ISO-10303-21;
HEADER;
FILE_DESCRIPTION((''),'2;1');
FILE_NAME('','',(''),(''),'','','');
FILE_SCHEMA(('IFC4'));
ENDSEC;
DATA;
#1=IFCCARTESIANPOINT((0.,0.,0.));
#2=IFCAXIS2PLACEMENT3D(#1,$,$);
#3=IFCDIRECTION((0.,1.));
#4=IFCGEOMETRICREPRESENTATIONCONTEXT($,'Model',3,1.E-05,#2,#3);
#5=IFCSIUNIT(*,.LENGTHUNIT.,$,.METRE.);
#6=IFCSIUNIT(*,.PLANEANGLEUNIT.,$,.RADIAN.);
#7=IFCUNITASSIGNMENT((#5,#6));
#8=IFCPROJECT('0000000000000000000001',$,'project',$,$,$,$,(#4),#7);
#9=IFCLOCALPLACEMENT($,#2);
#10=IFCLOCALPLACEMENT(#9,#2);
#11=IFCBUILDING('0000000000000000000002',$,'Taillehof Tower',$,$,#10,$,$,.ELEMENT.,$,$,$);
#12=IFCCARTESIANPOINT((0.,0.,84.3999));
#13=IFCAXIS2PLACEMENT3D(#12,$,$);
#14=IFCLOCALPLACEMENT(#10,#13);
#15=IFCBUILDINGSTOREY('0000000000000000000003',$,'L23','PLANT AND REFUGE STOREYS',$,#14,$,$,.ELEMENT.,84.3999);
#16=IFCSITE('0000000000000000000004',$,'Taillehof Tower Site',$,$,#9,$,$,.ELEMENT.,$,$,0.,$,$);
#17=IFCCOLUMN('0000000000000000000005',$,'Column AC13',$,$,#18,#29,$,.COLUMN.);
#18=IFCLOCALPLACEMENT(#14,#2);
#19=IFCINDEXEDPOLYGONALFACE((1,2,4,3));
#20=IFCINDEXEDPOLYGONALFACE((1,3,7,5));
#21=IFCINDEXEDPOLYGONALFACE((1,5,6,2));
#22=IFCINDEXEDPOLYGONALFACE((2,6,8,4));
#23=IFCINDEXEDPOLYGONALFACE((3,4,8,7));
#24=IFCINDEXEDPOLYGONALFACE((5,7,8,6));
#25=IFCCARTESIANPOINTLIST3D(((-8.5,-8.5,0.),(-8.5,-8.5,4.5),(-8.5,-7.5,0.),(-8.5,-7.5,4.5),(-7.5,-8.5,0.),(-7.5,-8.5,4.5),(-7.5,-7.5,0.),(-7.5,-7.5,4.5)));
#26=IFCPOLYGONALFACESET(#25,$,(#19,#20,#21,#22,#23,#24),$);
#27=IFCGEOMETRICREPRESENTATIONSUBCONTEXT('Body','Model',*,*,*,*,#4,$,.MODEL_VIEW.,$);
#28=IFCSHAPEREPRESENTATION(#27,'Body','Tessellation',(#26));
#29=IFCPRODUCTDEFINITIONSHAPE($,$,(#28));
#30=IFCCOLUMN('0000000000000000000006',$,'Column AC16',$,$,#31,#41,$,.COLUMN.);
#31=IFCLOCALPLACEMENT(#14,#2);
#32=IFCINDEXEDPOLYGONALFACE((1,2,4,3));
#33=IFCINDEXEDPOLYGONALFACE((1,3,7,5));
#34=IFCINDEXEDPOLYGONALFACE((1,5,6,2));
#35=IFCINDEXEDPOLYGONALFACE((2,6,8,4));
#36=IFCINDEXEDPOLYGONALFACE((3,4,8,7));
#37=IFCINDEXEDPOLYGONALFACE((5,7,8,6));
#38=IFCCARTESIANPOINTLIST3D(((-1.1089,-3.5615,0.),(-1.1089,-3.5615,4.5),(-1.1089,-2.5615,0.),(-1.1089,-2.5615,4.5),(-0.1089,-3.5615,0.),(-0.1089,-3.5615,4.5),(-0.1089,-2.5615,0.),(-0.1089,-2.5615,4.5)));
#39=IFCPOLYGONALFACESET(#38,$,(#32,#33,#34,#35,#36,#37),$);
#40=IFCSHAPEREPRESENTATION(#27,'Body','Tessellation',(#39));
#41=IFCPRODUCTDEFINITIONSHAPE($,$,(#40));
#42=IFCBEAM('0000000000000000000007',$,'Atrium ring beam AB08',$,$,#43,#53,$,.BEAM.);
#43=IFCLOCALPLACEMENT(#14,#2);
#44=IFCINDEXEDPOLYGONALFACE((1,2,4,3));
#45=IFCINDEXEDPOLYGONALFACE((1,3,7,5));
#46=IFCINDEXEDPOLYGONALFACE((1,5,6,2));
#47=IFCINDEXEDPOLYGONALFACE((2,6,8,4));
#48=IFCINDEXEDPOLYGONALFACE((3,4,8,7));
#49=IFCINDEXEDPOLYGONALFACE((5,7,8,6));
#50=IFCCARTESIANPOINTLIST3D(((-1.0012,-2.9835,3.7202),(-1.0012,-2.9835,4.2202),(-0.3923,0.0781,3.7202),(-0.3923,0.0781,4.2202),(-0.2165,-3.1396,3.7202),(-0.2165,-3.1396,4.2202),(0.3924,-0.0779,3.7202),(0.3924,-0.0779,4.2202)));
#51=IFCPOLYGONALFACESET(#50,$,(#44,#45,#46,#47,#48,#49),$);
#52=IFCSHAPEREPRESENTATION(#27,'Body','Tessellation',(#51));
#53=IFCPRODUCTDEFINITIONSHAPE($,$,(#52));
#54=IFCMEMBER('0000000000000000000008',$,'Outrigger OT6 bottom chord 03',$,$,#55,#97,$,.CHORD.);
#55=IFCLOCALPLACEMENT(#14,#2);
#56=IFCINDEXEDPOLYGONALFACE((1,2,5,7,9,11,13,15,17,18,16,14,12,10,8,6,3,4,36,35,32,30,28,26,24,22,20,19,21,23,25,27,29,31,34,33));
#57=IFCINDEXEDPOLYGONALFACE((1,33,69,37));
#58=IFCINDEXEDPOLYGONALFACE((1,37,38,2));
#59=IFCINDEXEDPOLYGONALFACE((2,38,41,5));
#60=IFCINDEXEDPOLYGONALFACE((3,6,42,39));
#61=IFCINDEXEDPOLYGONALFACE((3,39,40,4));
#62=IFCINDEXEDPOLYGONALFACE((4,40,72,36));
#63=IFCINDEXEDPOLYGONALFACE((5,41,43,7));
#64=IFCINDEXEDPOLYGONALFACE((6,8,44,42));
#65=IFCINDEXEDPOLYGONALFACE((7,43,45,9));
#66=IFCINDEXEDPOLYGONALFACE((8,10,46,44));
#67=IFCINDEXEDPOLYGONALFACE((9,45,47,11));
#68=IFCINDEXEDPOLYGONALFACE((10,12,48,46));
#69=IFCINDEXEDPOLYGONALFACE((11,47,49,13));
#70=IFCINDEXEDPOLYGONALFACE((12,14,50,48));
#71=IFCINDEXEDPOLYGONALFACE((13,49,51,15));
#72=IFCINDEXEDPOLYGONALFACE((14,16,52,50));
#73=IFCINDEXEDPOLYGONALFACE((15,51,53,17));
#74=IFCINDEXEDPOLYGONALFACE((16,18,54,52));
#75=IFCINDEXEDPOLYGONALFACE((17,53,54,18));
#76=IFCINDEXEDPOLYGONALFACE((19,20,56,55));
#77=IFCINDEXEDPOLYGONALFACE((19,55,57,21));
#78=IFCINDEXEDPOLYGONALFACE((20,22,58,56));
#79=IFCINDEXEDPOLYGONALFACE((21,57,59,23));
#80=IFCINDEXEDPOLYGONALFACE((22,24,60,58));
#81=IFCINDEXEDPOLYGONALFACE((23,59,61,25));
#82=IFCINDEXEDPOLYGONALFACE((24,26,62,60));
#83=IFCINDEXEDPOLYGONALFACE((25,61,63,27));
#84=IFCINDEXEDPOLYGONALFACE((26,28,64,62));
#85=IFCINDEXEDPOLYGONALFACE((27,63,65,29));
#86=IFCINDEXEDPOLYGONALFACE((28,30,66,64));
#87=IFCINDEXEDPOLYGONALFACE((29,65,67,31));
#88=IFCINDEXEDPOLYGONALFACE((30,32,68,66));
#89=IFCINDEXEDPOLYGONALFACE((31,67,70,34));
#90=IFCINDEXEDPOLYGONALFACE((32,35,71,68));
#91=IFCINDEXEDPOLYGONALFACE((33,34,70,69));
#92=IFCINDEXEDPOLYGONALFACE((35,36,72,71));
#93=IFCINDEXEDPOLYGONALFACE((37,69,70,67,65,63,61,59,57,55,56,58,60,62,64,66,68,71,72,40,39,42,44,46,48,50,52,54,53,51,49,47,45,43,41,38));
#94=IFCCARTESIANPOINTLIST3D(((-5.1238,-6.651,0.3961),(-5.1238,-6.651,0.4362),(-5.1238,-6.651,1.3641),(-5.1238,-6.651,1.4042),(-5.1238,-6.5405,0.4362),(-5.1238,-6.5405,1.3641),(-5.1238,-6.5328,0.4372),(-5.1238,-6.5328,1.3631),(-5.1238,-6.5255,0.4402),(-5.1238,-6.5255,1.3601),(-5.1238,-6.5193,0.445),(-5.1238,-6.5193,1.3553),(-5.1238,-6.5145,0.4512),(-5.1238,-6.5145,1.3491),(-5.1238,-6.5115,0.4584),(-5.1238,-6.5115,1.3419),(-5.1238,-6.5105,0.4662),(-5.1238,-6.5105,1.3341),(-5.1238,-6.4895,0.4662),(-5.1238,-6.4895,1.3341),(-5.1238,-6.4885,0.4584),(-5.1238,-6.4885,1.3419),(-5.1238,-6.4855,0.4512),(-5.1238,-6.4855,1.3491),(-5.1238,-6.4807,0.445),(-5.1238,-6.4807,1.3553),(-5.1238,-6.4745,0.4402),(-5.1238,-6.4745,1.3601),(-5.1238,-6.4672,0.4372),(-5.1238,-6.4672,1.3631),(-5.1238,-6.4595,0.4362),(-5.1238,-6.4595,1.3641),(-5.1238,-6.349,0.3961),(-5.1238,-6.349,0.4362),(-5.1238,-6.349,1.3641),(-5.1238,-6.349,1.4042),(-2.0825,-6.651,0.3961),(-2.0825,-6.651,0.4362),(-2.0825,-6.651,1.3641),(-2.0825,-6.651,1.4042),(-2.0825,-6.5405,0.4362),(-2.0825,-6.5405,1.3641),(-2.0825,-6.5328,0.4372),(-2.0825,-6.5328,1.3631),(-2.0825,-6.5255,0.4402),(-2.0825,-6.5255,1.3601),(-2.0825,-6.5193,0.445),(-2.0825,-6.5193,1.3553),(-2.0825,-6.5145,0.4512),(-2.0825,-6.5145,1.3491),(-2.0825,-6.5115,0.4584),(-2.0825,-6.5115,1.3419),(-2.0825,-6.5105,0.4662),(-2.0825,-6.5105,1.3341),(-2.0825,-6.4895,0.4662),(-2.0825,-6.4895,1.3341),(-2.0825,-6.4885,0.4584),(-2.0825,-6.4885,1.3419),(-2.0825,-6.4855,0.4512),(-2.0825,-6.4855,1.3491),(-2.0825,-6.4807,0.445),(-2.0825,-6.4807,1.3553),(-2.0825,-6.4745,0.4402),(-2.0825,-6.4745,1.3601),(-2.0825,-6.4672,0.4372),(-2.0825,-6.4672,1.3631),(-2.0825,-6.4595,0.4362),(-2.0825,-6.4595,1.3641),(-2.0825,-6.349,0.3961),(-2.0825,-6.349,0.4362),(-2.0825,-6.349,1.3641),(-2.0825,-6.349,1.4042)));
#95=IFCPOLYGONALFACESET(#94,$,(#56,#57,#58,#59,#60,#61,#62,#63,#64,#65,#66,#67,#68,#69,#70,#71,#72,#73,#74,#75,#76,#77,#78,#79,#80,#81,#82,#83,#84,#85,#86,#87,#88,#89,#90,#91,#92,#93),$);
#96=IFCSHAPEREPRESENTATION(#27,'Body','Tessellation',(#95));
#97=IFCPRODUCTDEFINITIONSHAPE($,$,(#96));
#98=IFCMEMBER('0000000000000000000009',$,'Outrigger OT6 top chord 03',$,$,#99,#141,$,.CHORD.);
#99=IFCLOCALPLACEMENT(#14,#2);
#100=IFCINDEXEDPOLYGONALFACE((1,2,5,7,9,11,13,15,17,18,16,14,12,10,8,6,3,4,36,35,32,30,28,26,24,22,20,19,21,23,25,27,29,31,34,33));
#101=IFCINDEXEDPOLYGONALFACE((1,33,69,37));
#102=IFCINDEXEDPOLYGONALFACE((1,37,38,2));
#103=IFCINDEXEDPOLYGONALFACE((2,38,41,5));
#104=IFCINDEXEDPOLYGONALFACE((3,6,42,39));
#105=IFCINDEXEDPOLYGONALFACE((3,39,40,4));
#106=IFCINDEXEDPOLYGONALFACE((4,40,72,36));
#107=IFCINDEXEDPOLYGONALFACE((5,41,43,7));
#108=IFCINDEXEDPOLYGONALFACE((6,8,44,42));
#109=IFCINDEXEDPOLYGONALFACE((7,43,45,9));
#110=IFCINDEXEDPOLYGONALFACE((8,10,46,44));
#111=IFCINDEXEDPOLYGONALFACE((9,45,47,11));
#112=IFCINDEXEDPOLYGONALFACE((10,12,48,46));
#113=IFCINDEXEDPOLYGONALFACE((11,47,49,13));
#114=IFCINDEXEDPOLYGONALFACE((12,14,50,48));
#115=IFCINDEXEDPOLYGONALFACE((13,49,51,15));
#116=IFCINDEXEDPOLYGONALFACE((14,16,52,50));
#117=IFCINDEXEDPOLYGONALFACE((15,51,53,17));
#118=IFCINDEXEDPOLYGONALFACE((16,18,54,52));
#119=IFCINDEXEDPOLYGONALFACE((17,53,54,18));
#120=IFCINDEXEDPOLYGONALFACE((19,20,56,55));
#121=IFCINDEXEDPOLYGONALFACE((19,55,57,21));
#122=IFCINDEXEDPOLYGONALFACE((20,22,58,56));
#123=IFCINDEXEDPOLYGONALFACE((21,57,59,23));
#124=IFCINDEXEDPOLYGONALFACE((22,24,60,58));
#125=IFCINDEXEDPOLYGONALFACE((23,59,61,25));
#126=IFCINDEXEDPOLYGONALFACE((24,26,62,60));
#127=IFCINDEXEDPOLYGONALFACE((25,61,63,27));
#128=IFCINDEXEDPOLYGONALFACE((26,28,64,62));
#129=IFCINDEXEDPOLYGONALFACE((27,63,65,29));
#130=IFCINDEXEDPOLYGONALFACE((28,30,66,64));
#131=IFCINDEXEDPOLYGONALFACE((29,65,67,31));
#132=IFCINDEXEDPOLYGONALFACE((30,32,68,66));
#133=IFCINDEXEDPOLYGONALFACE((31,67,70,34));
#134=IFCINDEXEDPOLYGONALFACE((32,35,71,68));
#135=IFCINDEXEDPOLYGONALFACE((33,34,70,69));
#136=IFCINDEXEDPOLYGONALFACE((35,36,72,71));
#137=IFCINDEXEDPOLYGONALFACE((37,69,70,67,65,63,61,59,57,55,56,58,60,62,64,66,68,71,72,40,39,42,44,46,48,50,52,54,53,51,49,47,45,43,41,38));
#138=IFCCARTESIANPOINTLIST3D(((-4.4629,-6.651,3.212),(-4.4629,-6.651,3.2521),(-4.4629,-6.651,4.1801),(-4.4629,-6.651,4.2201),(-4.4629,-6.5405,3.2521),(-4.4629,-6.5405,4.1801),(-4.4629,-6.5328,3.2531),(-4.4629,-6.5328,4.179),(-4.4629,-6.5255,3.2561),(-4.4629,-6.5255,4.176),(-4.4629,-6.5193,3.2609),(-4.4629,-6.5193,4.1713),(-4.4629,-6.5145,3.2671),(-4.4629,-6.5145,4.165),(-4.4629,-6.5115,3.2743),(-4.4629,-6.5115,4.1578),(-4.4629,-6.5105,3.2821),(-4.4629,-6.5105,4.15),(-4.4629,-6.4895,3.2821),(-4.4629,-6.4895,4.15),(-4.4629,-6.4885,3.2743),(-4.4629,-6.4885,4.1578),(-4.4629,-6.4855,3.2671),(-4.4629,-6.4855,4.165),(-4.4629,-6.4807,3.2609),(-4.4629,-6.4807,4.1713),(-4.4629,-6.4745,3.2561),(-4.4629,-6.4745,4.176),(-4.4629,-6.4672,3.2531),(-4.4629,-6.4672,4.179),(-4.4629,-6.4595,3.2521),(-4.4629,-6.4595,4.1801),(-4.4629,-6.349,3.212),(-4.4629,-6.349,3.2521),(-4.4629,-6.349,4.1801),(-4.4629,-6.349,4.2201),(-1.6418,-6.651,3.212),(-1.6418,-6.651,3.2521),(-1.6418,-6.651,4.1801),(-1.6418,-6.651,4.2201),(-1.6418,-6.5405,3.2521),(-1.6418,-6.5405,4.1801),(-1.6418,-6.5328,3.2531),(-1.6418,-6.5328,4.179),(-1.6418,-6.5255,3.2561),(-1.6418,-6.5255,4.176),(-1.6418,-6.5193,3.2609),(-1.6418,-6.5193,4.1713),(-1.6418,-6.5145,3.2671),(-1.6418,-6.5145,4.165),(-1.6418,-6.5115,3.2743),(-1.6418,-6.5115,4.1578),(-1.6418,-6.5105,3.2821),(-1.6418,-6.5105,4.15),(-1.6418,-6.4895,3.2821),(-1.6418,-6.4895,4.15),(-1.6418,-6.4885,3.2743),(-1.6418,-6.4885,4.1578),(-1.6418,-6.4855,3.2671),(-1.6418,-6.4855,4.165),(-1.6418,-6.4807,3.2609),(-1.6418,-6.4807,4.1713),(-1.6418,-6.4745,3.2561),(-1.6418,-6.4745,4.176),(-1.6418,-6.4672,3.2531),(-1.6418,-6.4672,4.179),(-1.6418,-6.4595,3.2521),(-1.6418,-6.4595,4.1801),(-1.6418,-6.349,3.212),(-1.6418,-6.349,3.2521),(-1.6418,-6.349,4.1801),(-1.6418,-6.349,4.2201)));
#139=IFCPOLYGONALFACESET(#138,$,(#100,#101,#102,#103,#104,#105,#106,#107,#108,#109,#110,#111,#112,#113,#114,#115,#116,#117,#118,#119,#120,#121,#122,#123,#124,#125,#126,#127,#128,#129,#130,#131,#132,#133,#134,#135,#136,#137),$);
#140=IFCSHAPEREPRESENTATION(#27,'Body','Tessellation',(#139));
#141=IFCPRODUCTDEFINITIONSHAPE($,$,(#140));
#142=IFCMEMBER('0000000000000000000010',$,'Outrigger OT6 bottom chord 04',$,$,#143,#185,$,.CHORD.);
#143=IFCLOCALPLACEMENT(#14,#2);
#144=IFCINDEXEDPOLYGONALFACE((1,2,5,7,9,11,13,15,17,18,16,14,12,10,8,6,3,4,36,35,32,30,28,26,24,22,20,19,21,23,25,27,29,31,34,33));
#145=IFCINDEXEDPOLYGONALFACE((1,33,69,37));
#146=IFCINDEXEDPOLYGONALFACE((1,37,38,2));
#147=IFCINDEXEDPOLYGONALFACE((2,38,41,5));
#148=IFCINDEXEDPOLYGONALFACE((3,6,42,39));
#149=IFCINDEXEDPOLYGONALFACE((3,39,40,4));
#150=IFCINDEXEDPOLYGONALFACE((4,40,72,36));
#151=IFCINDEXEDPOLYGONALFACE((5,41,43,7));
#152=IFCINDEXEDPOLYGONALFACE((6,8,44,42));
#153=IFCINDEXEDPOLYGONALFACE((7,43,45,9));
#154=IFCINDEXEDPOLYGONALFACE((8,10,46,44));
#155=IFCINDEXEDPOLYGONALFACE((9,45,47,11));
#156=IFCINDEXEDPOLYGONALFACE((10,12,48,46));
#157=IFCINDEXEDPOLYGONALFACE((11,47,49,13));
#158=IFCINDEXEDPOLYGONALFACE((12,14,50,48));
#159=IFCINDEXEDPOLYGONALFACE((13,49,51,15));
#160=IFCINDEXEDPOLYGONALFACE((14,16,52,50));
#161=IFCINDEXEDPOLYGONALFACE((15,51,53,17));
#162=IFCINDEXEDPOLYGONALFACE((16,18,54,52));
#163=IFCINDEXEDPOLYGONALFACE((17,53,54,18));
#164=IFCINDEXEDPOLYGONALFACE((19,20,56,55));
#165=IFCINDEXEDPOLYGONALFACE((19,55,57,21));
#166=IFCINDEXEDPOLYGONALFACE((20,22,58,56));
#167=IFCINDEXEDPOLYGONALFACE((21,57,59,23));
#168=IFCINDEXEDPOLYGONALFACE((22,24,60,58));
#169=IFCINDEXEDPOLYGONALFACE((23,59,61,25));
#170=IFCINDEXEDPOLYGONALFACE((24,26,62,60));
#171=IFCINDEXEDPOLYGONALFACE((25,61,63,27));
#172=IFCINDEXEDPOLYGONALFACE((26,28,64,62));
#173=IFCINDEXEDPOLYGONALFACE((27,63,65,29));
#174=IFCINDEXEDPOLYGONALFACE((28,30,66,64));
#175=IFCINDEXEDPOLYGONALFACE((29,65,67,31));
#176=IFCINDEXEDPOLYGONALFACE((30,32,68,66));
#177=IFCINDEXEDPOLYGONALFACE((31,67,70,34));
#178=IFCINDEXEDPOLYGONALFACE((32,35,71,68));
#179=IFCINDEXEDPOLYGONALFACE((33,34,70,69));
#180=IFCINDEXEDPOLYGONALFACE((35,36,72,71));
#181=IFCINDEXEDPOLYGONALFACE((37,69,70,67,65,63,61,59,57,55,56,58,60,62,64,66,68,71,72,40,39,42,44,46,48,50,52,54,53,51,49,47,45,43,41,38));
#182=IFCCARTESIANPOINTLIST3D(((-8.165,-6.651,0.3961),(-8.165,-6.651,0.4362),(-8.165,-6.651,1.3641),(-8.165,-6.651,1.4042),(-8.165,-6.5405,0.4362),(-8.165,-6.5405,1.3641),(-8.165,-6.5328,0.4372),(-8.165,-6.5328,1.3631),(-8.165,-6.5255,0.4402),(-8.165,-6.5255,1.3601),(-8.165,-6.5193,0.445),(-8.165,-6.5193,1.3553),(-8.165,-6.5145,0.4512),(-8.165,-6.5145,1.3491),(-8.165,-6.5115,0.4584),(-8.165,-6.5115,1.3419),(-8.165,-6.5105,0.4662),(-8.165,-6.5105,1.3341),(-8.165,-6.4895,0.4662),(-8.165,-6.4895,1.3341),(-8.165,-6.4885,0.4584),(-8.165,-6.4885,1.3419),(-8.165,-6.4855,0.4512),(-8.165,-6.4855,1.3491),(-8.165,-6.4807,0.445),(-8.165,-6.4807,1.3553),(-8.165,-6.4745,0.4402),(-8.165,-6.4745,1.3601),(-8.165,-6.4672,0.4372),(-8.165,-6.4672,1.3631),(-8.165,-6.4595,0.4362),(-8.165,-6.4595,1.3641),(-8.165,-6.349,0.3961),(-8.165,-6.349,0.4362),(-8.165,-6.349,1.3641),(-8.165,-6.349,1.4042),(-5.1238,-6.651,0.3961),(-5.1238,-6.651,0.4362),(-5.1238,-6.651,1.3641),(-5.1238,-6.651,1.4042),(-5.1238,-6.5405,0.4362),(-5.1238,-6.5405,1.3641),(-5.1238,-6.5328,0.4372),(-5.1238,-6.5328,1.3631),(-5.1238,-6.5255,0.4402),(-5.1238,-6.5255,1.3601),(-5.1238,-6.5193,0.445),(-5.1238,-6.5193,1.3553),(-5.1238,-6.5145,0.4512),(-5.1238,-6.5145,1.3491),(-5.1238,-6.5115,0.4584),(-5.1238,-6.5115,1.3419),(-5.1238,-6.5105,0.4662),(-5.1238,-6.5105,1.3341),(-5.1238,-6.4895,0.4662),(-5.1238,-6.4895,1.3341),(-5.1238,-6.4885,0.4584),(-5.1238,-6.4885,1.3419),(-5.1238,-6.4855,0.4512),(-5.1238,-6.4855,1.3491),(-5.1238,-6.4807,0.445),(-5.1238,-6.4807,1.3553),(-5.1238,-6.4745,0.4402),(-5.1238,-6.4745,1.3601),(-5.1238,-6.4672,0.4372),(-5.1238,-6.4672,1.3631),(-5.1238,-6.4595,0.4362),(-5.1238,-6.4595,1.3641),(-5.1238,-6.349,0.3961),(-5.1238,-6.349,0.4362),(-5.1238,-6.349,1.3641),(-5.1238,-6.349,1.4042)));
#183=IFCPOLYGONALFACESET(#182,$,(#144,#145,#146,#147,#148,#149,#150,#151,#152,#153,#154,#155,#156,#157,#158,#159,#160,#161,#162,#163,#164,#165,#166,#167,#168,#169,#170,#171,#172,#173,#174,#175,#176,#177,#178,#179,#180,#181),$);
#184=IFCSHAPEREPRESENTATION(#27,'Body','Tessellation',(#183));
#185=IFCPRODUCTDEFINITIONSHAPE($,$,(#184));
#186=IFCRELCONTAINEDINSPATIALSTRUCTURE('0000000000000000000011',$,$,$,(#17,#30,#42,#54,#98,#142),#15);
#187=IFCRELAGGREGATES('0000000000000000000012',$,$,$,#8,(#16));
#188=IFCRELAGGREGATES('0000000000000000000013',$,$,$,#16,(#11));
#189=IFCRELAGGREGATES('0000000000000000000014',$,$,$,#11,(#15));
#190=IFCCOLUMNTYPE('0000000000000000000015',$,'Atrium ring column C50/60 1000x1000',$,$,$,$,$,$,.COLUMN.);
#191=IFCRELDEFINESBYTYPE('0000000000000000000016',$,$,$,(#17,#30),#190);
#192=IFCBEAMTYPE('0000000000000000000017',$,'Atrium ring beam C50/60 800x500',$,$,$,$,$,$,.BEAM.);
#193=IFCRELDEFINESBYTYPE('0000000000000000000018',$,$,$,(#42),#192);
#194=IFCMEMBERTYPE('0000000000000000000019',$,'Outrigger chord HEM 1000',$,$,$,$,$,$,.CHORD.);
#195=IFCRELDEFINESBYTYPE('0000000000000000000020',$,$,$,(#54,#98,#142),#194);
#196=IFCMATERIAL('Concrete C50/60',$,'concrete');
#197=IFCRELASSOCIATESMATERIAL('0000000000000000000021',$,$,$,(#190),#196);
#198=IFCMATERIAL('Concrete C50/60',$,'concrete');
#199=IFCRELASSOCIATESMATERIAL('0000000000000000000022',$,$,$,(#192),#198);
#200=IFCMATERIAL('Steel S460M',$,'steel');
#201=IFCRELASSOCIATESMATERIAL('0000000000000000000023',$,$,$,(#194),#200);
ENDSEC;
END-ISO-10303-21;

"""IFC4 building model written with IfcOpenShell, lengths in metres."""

from ifc_helpers import new_model, si_unit, direction, frame, origin, origin_2d, place, context, subcontext, project, spatial, rectangle, i_section, extrude, material, material_profile, profile_set, type_object, element, save


model = new_model("IFC4")

# Units and contexts
model_context = context("Model", 3, precision=1e-05, world=origin(), true_north=direction((0.0, 1.0)))
body_context = subcontext(model_context, "Body", "Model", "MODEL_VIEW")
ifc_project = project(units=[si_unit("LENGTHUNIT", "METRE"), si_unit("PLANEANGLEUNIT", "RADIAN")], contexts=[model_context])

# Site, building, storey
site_placement = place(None, origin())
site = spatial("IfcSite", under=ifc_project, at=site_placement, Name="Taillehof Tower Site", CompositionType="ELEMENT", RefElevation=0.0)
building_placement = place(site_placement, origin())
building = spatial("IfcBuilding", under=site, at=building_placement, Name="Taillehof Tower", CompositionType="ELEMENT")
storey_placement = place(building_placement, frame((0.0, 0.0, 84.3999)))
storey = spatial("IfcBuildingStorey", under=building, at=storey_placement, Name="L23", Description="PLANT AND REFUGE STOREYS", CompositionType="ELEMENT", Elevation=84.3999)

# Columns
ifc_material_1 = material(Name="Concrete C50/60", Category="concrete")
ifc_material_profile_1 = material_profile(ifc_material_1, rectangle(XDim=1.0, YDim=1.0, at=origin_2d()), Name="RC 1000x1000")
ifc_profile_set_1 = profile_set([ifc_material_profile_1], Name="Concrete C50/60")
column_type = type_object("IfcColumnType", Name="Atrium ring column C50/60 1000x1000", PredefinedType="COLUMN", material=ifc_profile_set_1)
for number, where, z_axis, x_axis, name in (
    (1, (-8.0, -8.0, 0.0), (0.0, 0.0, 1.0), (1.0, 0.0, 0.0), "Column AC13"),
    (2, (-0.6089, -3.0615, 0.0), (0.0, 0.0, 1.0), (1.0, 0.0, 0.0), "Column AC16"),
):
    element("IfcColumn", number, at=place(storey_placement, frame(where, z_axis=z_axis, x_axis=x_axis)), inside=storey, type_object=column_type, Name=name, PredefinedType="COLUMN", context=body_context, shape_type="SweptSolid", body=[
        extrude(rectangle(XDim=1.0, YDim=1.0, at=origin_2d()), origin(), (0.0, 0.0, 1.0), 4.5),
    ])

# Beam
ifc_material_2 = material(Name="Concrete C50/60", Category="concrete")
ifc_material_profile_2 = material_profile(ifc_material_2, rectangle(XDim=0.8, YDim=0.5, at=origin_2d()), Name="RC 800x500")
ifc_profile_set_2 = profile_set([ifc_material_profile_2], Name="Concrete C50/60")
beam_type_1 = type_object("IfcBeamType", Name="Atrium ring beam C50/60 800x500", PredefinedType="BEAM", material=ifc_profile_set_2)
beam_1_placement = place(storey_placement, frame((-0.6089, -3.0615, 3.9702), z_axis=(0.195063, 0.980791, 0.0), x_axis=(-0.980791, 0.195063, 0.0)))
element("IfcBeam", 3, at=beam_1_placement, inside=storey, type_object=beam_type_1, Name="Atrium ring beam AB08", PredefinedType="BEAM", context=body_context, shape_type="SweptSolid", body=[
    extrude(rectangle(XDim=0.8, YDim=0.5, at=origin_2d()), origin(), (0.0, 0.0, 1.0), 3.1216),
])

# Members
ifc_material_3 = material(Name="Steel S460M", Category="steel")
ifc_material_profile_3 = material_profile(ifc_material_3, i_section(OverallWidth=0.302, OverallDepth=1.0081, WebThickness=0.021, FlangeThickness=0.04, FilletRadius=0.03, at=origin_2d()), Name="HEM 1000")
ifc_profile_set_3 = profile_set([ifc_material_profile_3], Name="Steel S460M")
member_type_1 = type_object("IfcMemberType", Name="Outrigger chord HEM 1000", PredefinedType="CHORD", material=ifc_profile_set_3)
member_1_placement = place(storey_placement, frame((-2.0825, -6.5, 0.9001), z_axis=(-1.0, 0.0, 0.0), x_axis=(0.0, -1.0, 0.0)))
element("IfcMember", 4, at=member_1_placement, inside=storey, type_object=member_type_1, Name="Outrigger OT6 bottom chord 03", PredefinedType="CHORD", context=body_context, shape_type="SweptSolid", body=[
    extrude(i_section(OverallWidth=0.302, OverallDepth=1.0081, WebThickness=0.021, FlangeThickness=0.04, FilletRadius=0.03, at=origin_2d()), origin(), (0.0, 0.0, 1.0), 3.0413),
])
member_2_placement = place(storey_placement, frame((-1.6418, -6.5, 3.7161), z_axis=(-1.0, 0.0, 0.0), x_axis=(0.0, -1.0, 0.0)))
element("IfcMember", 5, at=member_2_placement, inside=storey, type_object=member_type_1, Name="Outrigger OT6 top chord 03", PredefinedType="CHORD", context=body_context, shape_type="SweptSolid", body=[
    extrude(i_section(OverallWidth=0.302, OverallDepth=1.0081, WebThickness=0.021, FlangeThickness=0.04, FilletRadius=0.03, at=origin_2d()), origin(), (0.0, 0.0, 1.0), 2.821),
])
member_3_placement = place(storey_placement, frame((-5.1238, -6.5, 0.9001), z_axis=(-1.0, 0.0, 0.0), x_axis=(0.0, -1.0, 0.0)))
element("IfcMember", 6, at=member_3_placement, inside=storey, type_object=member_type_1, Name="Outrigger OT6 bottom chord 04", PredefinedType="CHORD", context=body_context, shape_type="SweptSolid", body=[
    extrude(i_section(OverallWidth=0.302, OverallDepth=1.0081, WebThickness=0.021, FlangeThickness=0.04, FilletRadius=0.03, at=origin_2d()), origin(), (0.0, 0.0, 1.0), 3.0413),
])

save(model, "model.ifc")
